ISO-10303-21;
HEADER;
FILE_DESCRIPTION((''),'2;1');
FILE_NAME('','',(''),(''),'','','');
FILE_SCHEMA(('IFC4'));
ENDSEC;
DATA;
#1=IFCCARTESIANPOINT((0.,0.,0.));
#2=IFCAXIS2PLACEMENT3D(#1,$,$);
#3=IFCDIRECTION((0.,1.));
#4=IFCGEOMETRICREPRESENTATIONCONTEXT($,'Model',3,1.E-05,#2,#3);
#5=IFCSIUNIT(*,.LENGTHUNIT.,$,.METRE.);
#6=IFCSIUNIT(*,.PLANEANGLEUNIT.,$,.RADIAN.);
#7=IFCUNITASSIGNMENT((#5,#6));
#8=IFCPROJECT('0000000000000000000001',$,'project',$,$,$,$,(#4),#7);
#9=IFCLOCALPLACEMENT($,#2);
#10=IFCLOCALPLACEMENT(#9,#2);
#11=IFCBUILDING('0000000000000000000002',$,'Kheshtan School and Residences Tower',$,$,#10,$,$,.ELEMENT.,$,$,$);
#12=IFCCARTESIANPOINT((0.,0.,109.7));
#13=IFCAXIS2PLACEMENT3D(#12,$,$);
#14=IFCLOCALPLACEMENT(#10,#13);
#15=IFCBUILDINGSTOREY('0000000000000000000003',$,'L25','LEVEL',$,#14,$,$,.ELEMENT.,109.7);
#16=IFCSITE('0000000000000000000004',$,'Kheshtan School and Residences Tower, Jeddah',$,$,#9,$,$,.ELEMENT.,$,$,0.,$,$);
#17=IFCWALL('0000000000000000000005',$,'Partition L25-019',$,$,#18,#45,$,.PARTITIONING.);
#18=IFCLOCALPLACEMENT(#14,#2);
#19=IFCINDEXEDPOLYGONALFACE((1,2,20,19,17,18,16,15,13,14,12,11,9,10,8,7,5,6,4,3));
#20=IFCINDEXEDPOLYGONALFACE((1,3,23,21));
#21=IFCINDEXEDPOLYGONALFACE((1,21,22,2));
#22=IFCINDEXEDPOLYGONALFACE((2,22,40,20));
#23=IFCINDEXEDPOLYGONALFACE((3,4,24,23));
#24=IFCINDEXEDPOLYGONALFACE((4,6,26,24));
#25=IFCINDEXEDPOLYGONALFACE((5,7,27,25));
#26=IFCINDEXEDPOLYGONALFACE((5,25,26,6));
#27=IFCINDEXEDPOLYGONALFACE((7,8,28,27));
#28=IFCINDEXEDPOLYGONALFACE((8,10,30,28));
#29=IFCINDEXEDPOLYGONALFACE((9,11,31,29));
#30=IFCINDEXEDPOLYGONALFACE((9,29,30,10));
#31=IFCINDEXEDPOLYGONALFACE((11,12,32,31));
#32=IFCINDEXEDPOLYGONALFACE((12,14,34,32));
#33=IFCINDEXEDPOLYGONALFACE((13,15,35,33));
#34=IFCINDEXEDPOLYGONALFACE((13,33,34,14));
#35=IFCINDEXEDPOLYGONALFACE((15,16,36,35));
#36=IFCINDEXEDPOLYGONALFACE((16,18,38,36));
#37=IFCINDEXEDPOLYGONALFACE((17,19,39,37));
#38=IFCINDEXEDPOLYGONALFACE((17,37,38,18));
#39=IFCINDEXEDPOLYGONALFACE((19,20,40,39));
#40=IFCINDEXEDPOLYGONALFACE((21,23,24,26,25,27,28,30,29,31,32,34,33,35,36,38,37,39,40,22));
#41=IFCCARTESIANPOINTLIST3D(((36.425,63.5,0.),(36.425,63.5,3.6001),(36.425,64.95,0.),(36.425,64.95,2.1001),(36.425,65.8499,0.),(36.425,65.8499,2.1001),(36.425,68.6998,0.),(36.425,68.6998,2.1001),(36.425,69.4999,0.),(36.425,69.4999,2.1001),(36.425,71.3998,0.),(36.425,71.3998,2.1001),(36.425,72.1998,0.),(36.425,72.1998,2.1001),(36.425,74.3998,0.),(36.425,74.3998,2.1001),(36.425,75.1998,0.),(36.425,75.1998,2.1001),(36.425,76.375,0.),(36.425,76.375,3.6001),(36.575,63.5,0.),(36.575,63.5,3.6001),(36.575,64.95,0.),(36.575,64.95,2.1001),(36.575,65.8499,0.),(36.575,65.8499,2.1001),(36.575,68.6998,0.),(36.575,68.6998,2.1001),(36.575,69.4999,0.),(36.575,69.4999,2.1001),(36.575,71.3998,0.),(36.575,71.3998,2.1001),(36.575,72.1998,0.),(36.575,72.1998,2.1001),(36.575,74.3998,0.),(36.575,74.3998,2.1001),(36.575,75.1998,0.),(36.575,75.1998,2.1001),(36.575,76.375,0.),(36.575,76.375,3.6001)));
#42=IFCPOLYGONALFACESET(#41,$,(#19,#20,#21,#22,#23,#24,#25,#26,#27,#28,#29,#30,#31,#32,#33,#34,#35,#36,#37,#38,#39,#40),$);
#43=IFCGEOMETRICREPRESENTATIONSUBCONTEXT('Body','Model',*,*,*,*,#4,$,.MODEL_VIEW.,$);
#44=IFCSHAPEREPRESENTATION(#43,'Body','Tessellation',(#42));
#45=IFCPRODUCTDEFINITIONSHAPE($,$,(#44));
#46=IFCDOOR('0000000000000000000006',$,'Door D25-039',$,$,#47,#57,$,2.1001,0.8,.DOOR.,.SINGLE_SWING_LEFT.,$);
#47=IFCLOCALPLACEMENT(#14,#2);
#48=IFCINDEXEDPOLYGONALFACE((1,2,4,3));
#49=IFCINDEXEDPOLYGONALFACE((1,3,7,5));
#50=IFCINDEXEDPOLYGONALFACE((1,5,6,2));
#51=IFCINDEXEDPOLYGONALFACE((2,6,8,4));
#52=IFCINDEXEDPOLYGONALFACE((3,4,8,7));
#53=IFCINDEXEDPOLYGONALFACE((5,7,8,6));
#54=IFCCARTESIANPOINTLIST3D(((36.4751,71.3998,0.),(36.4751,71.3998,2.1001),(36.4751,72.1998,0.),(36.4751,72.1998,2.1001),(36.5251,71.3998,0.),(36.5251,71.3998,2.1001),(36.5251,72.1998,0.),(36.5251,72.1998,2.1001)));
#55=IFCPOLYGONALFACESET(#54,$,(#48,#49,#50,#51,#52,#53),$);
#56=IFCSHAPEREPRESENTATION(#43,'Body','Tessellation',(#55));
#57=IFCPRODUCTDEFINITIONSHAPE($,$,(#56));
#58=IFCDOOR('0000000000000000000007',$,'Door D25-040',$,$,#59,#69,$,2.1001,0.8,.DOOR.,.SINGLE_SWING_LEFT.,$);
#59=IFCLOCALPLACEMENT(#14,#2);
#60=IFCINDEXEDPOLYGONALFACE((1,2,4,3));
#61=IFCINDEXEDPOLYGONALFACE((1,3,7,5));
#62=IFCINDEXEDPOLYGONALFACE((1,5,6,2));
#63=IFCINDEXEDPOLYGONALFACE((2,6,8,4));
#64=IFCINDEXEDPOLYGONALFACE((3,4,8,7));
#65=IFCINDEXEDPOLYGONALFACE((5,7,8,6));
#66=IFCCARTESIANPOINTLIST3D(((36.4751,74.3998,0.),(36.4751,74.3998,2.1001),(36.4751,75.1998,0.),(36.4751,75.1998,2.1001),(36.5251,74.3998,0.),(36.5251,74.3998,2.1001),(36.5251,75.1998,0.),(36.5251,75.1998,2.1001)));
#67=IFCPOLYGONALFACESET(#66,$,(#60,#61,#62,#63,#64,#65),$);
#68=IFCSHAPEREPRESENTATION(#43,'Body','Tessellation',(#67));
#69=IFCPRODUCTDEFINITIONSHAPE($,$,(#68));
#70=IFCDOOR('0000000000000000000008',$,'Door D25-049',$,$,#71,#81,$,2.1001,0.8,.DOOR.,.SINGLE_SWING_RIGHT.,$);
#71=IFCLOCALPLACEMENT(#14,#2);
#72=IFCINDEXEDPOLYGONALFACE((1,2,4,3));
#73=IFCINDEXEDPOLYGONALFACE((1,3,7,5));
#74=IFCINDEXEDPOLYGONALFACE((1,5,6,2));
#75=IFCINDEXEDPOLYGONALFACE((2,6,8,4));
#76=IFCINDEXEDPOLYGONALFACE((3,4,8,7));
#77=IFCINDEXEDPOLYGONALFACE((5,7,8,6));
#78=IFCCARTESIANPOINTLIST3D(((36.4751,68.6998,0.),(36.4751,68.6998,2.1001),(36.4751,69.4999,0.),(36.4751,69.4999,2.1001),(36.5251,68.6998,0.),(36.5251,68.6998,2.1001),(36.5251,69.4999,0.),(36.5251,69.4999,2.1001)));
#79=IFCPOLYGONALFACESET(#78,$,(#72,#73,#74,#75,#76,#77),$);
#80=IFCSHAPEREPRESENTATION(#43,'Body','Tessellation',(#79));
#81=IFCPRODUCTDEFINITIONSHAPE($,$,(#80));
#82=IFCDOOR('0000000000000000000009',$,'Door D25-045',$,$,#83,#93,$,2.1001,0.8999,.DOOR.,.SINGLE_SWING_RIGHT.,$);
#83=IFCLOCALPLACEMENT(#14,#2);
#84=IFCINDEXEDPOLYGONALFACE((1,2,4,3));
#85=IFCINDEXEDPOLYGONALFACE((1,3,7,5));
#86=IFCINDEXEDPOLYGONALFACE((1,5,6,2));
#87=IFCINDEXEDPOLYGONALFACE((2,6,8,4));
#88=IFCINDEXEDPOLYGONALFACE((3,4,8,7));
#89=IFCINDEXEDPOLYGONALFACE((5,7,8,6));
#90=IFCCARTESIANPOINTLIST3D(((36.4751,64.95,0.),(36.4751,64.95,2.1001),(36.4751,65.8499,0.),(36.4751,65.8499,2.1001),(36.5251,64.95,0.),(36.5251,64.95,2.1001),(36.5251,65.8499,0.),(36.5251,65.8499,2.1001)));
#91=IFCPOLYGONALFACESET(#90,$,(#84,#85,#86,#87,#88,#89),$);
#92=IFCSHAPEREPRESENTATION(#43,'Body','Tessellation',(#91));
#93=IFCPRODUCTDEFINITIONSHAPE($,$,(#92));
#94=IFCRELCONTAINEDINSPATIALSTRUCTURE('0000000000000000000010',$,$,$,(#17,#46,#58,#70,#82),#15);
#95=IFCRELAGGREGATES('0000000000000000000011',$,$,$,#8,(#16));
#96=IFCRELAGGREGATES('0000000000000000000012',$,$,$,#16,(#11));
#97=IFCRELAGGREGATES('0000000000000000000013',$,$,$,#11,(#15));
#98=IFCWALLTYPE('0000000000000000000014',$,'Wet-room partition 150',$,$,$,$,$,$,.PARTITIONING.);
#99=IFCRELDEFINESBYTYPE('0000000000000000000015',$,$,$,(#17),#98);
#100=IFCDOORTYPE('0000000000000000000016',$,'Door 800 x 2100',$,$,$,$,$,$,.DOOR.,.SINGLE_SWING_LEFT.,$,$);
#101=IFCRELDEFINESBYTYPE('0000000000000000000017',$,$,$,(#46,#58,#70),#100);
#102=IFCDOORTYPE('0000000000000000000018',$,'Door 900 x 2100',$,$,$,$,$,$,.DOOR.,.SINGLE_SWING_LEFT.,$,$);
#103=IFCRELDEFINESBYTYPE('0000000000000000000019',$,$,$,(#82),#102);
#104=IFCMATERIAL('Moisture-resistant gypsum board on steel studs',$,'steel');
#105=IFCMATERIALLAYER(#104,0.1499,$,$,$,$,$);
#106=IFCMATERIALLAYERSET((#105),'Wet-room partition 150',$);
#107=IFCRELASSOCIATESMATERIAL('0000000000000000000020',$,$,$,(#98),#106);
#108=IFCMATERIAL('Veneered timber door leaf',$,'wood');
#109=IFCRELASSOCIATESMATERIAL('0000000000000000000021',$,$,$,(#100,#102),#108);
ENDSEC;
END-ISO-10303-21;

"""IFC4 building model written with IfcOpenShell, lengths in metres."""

from ifc_helpers import new_model, si_unit, direction, frame, frame_2d, origin, place, context, subcontext, project, spatial, rectangle, extrude, source, transform, mapped, material, layer, layer_set, type_object, element, fill, save


model = new_model("IFC4")

# Units and contexts
model_context = context("Model", 3, precision=1e-05, world=origin(), true_north=direction((0.0, 1.0)))
body_context = subcontext(model_context, "Body", "Model", "MODEL_VIEW")
ifc_project = project(units=[si_unit("LENGTHUNIT", "METRE"), si_unit("PLANEANGLEUNIT", "RADIAN")], contexts=[model_context])

# Site, building, storey
site_placement = place(None, origin())
site = spatial("IfcSite", under=ifc_project, at=site_placement, Name="Kheshtan School and Residences Tower, Jeddah", CompositionType="ELEMENT", RefElevation=0.0)
building_placement = place(site_placement, origin())
building = spatial("IfcBuilding", under=site, at=building_placement, Name="Kheshtan School and Residences Tower", CompositionType="ELEMENT")
storey_placement = place(building_placement, frame((0.0, 0.0, 109.7)))
storey = spatial("IfcBuildingStorey", under=building, at=storey_placement, Name="L25", Description="LEVEL", CompositionType="ELEMENT", Elevation=109.7)

# Shared definitions
ifc_material_1 = material(Name="Moisture-resistant gypsum board on steel studs", Category="steel")
ifc_layer_1 = layer(ifc_material_1, 0.1499)
ifc_layer_set_1 = layer_set([ifc_layer_1], Name="Wet-room partition 150")
wall_type_1 = type_object("IfcWallType", Name="Wet-room partition 150", PredefinedType="PARTITIONING", material=ifc_layer_set_1)

# Wall, openings, doors
wall_1_placement = place(storey_placement, frame((36.5, 63.5, 0.0), z_axis=(0.0, 0.0, 1.0), x_axis=(0.0, 1.0, 0.0)))
wall_1 = element("IfcWall", 1, at=wall_1_placement, inside=storey, type_object=wall_type_1, Name="Partition L25-019", PredefinedType="PARTITIONING", context=body_context, shape_type="SweptSolid", body=[
    extrude(rectangle(XDim=12.875, YDim=0.1499, at=frame_2d((6.4375, 0.0))), origin(), (0.0, 0.0, 1.0), 3.6001),
])
opening_1_placement = place(wall_1_placement, frame((7.8999, 0.0, 0.0)))
opening_1 = element("IfcOpeningElement", 2, at=opening_1_placement, cuts=wall_1, PredefinedType="OPENING", context=body_context, shape_type="SweptSolid", body=[
    extrude(rectangle(XDim=0.8, YDim=2.1001, at=frame_2d((0.3999, 1.05))), frame((0.0, 0.085, 0.0), z_axis=(0.0, -1.0, 0.0), x_axis=(1.0, 0.0, 0.0)), (0.0, 0.0, 1.0), 0.1699),
])
opening_2_placement = place(wall_1_placement, frame((10.8999, 0.0, 0.0)))
opening_2 = element("IfcOpeningElement", 3, at=opening_2_placement, cuts=wall_1, PredefinedType="OPENING", context=body_context, shape_type="SweptSolid", body=[
    extrude(rectangle(XDim=0.8, YDim=2.1001, at=frame_2d((0.3999, 1.05))), frame((0.0, 0.085, 0.0), z_axis=(0.0, -1.0, 0.0), x_axis=(1.0, 0.0, 0.0)), (0.0, 0.0, 1.0), 0.1699),
])
opening_3_placement = place(wall_1_placement, frame((1.45, 0.0, 0.0)))
opening_3 = element("IfcOpeningElement", 4, at=opening_3_placement, cuts=wall_1, PredefinedType="OPENING", context=body_context, shape_type="SweptSolid", body=[
    extrude(rectangle(XDim=0.8999, YDim=2.1001, at=frame_2d((0.45, 1.05))), frame((0.0, 0.085, 0.0), z_axis=(0.0, -1.0, 0.0), x_axis=(1.0, 0.0, 0.0)), (0.0, 0.0, 1.0), 0.1699),
])
opening_4_placement = place(wall_1_placement, frame((5.2, 0.0, 0.0)))
opening_4 = element("IfcOpeningElement", 5, at=opening_4_placement, cuts=wall_1, PredefinedType="OPENING", context=body_context, shape_type="SweptSolid", body=[
    extrude(rectangle(XDim=0.8, YDim=2.1001, at=frame_2d((0.3999, 1.05))), frame((0.0, 0.085, 0.0), z_axis=(0.0, -1.0, 0.0), x_axis=(1.0, 0.0, 0.0)), (0.0, 0.0, 1.0), 0.1699),
])
ifc_material_2 = material(Name="Veneered timber door leaf", Category="wood")
door_type_1 = type_object("IfcDoorType", Name="Door 800 x 2100", OperationType="SINGLE_SWING_LEFT", PredefinedType="DOOR", material=ifc_material_2)
shared_shape_1 = source(origin(), body_context, "Body", "SweptSolid", [
    extrude(rectangle(XDim=0.8, YDim=2.1001, at=frame_2d((0.3999, 1.05))), frame((0.0, 0.0249, 0.0), z_axis=(0.0, -1.0, 0.0), x_axis=(1.0, 0.0, 0.0)), (0.0, 0.0, 1.0), 0.05),
])
door_1_placement = place(opening_1_placement, origin())
door_1 = element("IfcDoor", 6, at=door_1_placement, inside=storey, type_object=door_type_1, Name="Door D25-039", OperationType="SINGLE_SWING_LEFT", OverallHeight=2.1001, OverallWidth=0.8, PredefinedType="DOOR", context=body_context, shape_type="MappedRepresentation", body=[
    mapped(shared_shape_1, transform((0.0, 0.0, 0.0), x_axis=(1.0, 0.0, 0.0), y_axis=(0.0, 1.0, 0.0), z_axis=(0.0, 0.0, 1.0), scale=1.0)),
])
fill(opening_1, door_1)
door_2_placement = place(opening_2_placement, origin())
door_2 = element("IfcDoor", 7, at=door_2_placement, inside=storey, type_object=door_type_1, Name="Door D25-040", OperationType="SINGLE_SWING_LEFT", OverallHeight=2.1001, OverallWidth=0.8, PredefinedType="DOOR", context=body_context, shape_type="MappedRepresentation", body=[
    mapped(shared_shape_1, transform((0.0, 0.0, 0.0), x_axis=(1.0, 0.0, 0.0), y_axis=(0.0, 1.0, 0.0), z_axis=(0.0, 0.0, 1.0), scale=1.0)),
])
fill(opening_2, door_2)
door_3_placement = place(opening_4_placement, origin())
door_3 = element("IfcDoor", 8, at=door_3_placement, inside=storey, type_object=door_type_1, Name="Door D25-049", OperationType="SINGLE_SWING_RIGHT", OverallHeight=2.1001, OverallWidth=0.8, PredefinedType="DOOR", context=body_context, shape_type="MappedRepresentation", body=[
    mapped(shared_shape_1, transform((0.0, 0.0, 0.0), x_axis=(1.0, 0.0, 0.0), y_axis=(0.0, 1.0, 0.0), z_axis=(0.0, 0.0, 1.0), scale=1.0)),
])
fill(opening_4, door_3)
door_type_2 = type_object("IfcDoorType", Name="Door 900 x 2100", OperationType="SINGLE_SWING_LEFT", PredefinedType="DOOR", material=ifc_material_2)
shared_shape_2 = source(origin(), body_context, "Body", "SweptSolid", [
    extrude(rectangle(XDim=0.8999, YDim=2.1001, at=frame_2d((0.45, 1.05))), frame((0.0, 0.0249, 0.0), z_axis=(0.0, -1.0, 0.0), x_axis=(1.0, 0.0, 0.0)), (0.0, 0.0, 1.0), 0.05),
])
door_4_placement = place(opening_3_placement, origin())
door_4 = element("IfcDoor", 9, at=door_4_placement, inside=storey, type_object=door_type_2, Name="Door D25-045", OperationType="SINGLE_SWING_RIGHT", OverallHeight=2.1001, OverallWidth=0.8999, PredefinedType="DOOR", context=body_context, shape_type="MappedRepresentation", body=[
    mapped(shared_shape_2, transform((0.0, 0.0, 0.0), x_axis=(1.0, 0.0, 0.0), y_axis=(0.0, 1.0, 0.0), z_axis=(0.0, 0.0, 1.0), scale=1.0)),
])
fill(opening_3, door_4)

save(model, "model.ifc")
